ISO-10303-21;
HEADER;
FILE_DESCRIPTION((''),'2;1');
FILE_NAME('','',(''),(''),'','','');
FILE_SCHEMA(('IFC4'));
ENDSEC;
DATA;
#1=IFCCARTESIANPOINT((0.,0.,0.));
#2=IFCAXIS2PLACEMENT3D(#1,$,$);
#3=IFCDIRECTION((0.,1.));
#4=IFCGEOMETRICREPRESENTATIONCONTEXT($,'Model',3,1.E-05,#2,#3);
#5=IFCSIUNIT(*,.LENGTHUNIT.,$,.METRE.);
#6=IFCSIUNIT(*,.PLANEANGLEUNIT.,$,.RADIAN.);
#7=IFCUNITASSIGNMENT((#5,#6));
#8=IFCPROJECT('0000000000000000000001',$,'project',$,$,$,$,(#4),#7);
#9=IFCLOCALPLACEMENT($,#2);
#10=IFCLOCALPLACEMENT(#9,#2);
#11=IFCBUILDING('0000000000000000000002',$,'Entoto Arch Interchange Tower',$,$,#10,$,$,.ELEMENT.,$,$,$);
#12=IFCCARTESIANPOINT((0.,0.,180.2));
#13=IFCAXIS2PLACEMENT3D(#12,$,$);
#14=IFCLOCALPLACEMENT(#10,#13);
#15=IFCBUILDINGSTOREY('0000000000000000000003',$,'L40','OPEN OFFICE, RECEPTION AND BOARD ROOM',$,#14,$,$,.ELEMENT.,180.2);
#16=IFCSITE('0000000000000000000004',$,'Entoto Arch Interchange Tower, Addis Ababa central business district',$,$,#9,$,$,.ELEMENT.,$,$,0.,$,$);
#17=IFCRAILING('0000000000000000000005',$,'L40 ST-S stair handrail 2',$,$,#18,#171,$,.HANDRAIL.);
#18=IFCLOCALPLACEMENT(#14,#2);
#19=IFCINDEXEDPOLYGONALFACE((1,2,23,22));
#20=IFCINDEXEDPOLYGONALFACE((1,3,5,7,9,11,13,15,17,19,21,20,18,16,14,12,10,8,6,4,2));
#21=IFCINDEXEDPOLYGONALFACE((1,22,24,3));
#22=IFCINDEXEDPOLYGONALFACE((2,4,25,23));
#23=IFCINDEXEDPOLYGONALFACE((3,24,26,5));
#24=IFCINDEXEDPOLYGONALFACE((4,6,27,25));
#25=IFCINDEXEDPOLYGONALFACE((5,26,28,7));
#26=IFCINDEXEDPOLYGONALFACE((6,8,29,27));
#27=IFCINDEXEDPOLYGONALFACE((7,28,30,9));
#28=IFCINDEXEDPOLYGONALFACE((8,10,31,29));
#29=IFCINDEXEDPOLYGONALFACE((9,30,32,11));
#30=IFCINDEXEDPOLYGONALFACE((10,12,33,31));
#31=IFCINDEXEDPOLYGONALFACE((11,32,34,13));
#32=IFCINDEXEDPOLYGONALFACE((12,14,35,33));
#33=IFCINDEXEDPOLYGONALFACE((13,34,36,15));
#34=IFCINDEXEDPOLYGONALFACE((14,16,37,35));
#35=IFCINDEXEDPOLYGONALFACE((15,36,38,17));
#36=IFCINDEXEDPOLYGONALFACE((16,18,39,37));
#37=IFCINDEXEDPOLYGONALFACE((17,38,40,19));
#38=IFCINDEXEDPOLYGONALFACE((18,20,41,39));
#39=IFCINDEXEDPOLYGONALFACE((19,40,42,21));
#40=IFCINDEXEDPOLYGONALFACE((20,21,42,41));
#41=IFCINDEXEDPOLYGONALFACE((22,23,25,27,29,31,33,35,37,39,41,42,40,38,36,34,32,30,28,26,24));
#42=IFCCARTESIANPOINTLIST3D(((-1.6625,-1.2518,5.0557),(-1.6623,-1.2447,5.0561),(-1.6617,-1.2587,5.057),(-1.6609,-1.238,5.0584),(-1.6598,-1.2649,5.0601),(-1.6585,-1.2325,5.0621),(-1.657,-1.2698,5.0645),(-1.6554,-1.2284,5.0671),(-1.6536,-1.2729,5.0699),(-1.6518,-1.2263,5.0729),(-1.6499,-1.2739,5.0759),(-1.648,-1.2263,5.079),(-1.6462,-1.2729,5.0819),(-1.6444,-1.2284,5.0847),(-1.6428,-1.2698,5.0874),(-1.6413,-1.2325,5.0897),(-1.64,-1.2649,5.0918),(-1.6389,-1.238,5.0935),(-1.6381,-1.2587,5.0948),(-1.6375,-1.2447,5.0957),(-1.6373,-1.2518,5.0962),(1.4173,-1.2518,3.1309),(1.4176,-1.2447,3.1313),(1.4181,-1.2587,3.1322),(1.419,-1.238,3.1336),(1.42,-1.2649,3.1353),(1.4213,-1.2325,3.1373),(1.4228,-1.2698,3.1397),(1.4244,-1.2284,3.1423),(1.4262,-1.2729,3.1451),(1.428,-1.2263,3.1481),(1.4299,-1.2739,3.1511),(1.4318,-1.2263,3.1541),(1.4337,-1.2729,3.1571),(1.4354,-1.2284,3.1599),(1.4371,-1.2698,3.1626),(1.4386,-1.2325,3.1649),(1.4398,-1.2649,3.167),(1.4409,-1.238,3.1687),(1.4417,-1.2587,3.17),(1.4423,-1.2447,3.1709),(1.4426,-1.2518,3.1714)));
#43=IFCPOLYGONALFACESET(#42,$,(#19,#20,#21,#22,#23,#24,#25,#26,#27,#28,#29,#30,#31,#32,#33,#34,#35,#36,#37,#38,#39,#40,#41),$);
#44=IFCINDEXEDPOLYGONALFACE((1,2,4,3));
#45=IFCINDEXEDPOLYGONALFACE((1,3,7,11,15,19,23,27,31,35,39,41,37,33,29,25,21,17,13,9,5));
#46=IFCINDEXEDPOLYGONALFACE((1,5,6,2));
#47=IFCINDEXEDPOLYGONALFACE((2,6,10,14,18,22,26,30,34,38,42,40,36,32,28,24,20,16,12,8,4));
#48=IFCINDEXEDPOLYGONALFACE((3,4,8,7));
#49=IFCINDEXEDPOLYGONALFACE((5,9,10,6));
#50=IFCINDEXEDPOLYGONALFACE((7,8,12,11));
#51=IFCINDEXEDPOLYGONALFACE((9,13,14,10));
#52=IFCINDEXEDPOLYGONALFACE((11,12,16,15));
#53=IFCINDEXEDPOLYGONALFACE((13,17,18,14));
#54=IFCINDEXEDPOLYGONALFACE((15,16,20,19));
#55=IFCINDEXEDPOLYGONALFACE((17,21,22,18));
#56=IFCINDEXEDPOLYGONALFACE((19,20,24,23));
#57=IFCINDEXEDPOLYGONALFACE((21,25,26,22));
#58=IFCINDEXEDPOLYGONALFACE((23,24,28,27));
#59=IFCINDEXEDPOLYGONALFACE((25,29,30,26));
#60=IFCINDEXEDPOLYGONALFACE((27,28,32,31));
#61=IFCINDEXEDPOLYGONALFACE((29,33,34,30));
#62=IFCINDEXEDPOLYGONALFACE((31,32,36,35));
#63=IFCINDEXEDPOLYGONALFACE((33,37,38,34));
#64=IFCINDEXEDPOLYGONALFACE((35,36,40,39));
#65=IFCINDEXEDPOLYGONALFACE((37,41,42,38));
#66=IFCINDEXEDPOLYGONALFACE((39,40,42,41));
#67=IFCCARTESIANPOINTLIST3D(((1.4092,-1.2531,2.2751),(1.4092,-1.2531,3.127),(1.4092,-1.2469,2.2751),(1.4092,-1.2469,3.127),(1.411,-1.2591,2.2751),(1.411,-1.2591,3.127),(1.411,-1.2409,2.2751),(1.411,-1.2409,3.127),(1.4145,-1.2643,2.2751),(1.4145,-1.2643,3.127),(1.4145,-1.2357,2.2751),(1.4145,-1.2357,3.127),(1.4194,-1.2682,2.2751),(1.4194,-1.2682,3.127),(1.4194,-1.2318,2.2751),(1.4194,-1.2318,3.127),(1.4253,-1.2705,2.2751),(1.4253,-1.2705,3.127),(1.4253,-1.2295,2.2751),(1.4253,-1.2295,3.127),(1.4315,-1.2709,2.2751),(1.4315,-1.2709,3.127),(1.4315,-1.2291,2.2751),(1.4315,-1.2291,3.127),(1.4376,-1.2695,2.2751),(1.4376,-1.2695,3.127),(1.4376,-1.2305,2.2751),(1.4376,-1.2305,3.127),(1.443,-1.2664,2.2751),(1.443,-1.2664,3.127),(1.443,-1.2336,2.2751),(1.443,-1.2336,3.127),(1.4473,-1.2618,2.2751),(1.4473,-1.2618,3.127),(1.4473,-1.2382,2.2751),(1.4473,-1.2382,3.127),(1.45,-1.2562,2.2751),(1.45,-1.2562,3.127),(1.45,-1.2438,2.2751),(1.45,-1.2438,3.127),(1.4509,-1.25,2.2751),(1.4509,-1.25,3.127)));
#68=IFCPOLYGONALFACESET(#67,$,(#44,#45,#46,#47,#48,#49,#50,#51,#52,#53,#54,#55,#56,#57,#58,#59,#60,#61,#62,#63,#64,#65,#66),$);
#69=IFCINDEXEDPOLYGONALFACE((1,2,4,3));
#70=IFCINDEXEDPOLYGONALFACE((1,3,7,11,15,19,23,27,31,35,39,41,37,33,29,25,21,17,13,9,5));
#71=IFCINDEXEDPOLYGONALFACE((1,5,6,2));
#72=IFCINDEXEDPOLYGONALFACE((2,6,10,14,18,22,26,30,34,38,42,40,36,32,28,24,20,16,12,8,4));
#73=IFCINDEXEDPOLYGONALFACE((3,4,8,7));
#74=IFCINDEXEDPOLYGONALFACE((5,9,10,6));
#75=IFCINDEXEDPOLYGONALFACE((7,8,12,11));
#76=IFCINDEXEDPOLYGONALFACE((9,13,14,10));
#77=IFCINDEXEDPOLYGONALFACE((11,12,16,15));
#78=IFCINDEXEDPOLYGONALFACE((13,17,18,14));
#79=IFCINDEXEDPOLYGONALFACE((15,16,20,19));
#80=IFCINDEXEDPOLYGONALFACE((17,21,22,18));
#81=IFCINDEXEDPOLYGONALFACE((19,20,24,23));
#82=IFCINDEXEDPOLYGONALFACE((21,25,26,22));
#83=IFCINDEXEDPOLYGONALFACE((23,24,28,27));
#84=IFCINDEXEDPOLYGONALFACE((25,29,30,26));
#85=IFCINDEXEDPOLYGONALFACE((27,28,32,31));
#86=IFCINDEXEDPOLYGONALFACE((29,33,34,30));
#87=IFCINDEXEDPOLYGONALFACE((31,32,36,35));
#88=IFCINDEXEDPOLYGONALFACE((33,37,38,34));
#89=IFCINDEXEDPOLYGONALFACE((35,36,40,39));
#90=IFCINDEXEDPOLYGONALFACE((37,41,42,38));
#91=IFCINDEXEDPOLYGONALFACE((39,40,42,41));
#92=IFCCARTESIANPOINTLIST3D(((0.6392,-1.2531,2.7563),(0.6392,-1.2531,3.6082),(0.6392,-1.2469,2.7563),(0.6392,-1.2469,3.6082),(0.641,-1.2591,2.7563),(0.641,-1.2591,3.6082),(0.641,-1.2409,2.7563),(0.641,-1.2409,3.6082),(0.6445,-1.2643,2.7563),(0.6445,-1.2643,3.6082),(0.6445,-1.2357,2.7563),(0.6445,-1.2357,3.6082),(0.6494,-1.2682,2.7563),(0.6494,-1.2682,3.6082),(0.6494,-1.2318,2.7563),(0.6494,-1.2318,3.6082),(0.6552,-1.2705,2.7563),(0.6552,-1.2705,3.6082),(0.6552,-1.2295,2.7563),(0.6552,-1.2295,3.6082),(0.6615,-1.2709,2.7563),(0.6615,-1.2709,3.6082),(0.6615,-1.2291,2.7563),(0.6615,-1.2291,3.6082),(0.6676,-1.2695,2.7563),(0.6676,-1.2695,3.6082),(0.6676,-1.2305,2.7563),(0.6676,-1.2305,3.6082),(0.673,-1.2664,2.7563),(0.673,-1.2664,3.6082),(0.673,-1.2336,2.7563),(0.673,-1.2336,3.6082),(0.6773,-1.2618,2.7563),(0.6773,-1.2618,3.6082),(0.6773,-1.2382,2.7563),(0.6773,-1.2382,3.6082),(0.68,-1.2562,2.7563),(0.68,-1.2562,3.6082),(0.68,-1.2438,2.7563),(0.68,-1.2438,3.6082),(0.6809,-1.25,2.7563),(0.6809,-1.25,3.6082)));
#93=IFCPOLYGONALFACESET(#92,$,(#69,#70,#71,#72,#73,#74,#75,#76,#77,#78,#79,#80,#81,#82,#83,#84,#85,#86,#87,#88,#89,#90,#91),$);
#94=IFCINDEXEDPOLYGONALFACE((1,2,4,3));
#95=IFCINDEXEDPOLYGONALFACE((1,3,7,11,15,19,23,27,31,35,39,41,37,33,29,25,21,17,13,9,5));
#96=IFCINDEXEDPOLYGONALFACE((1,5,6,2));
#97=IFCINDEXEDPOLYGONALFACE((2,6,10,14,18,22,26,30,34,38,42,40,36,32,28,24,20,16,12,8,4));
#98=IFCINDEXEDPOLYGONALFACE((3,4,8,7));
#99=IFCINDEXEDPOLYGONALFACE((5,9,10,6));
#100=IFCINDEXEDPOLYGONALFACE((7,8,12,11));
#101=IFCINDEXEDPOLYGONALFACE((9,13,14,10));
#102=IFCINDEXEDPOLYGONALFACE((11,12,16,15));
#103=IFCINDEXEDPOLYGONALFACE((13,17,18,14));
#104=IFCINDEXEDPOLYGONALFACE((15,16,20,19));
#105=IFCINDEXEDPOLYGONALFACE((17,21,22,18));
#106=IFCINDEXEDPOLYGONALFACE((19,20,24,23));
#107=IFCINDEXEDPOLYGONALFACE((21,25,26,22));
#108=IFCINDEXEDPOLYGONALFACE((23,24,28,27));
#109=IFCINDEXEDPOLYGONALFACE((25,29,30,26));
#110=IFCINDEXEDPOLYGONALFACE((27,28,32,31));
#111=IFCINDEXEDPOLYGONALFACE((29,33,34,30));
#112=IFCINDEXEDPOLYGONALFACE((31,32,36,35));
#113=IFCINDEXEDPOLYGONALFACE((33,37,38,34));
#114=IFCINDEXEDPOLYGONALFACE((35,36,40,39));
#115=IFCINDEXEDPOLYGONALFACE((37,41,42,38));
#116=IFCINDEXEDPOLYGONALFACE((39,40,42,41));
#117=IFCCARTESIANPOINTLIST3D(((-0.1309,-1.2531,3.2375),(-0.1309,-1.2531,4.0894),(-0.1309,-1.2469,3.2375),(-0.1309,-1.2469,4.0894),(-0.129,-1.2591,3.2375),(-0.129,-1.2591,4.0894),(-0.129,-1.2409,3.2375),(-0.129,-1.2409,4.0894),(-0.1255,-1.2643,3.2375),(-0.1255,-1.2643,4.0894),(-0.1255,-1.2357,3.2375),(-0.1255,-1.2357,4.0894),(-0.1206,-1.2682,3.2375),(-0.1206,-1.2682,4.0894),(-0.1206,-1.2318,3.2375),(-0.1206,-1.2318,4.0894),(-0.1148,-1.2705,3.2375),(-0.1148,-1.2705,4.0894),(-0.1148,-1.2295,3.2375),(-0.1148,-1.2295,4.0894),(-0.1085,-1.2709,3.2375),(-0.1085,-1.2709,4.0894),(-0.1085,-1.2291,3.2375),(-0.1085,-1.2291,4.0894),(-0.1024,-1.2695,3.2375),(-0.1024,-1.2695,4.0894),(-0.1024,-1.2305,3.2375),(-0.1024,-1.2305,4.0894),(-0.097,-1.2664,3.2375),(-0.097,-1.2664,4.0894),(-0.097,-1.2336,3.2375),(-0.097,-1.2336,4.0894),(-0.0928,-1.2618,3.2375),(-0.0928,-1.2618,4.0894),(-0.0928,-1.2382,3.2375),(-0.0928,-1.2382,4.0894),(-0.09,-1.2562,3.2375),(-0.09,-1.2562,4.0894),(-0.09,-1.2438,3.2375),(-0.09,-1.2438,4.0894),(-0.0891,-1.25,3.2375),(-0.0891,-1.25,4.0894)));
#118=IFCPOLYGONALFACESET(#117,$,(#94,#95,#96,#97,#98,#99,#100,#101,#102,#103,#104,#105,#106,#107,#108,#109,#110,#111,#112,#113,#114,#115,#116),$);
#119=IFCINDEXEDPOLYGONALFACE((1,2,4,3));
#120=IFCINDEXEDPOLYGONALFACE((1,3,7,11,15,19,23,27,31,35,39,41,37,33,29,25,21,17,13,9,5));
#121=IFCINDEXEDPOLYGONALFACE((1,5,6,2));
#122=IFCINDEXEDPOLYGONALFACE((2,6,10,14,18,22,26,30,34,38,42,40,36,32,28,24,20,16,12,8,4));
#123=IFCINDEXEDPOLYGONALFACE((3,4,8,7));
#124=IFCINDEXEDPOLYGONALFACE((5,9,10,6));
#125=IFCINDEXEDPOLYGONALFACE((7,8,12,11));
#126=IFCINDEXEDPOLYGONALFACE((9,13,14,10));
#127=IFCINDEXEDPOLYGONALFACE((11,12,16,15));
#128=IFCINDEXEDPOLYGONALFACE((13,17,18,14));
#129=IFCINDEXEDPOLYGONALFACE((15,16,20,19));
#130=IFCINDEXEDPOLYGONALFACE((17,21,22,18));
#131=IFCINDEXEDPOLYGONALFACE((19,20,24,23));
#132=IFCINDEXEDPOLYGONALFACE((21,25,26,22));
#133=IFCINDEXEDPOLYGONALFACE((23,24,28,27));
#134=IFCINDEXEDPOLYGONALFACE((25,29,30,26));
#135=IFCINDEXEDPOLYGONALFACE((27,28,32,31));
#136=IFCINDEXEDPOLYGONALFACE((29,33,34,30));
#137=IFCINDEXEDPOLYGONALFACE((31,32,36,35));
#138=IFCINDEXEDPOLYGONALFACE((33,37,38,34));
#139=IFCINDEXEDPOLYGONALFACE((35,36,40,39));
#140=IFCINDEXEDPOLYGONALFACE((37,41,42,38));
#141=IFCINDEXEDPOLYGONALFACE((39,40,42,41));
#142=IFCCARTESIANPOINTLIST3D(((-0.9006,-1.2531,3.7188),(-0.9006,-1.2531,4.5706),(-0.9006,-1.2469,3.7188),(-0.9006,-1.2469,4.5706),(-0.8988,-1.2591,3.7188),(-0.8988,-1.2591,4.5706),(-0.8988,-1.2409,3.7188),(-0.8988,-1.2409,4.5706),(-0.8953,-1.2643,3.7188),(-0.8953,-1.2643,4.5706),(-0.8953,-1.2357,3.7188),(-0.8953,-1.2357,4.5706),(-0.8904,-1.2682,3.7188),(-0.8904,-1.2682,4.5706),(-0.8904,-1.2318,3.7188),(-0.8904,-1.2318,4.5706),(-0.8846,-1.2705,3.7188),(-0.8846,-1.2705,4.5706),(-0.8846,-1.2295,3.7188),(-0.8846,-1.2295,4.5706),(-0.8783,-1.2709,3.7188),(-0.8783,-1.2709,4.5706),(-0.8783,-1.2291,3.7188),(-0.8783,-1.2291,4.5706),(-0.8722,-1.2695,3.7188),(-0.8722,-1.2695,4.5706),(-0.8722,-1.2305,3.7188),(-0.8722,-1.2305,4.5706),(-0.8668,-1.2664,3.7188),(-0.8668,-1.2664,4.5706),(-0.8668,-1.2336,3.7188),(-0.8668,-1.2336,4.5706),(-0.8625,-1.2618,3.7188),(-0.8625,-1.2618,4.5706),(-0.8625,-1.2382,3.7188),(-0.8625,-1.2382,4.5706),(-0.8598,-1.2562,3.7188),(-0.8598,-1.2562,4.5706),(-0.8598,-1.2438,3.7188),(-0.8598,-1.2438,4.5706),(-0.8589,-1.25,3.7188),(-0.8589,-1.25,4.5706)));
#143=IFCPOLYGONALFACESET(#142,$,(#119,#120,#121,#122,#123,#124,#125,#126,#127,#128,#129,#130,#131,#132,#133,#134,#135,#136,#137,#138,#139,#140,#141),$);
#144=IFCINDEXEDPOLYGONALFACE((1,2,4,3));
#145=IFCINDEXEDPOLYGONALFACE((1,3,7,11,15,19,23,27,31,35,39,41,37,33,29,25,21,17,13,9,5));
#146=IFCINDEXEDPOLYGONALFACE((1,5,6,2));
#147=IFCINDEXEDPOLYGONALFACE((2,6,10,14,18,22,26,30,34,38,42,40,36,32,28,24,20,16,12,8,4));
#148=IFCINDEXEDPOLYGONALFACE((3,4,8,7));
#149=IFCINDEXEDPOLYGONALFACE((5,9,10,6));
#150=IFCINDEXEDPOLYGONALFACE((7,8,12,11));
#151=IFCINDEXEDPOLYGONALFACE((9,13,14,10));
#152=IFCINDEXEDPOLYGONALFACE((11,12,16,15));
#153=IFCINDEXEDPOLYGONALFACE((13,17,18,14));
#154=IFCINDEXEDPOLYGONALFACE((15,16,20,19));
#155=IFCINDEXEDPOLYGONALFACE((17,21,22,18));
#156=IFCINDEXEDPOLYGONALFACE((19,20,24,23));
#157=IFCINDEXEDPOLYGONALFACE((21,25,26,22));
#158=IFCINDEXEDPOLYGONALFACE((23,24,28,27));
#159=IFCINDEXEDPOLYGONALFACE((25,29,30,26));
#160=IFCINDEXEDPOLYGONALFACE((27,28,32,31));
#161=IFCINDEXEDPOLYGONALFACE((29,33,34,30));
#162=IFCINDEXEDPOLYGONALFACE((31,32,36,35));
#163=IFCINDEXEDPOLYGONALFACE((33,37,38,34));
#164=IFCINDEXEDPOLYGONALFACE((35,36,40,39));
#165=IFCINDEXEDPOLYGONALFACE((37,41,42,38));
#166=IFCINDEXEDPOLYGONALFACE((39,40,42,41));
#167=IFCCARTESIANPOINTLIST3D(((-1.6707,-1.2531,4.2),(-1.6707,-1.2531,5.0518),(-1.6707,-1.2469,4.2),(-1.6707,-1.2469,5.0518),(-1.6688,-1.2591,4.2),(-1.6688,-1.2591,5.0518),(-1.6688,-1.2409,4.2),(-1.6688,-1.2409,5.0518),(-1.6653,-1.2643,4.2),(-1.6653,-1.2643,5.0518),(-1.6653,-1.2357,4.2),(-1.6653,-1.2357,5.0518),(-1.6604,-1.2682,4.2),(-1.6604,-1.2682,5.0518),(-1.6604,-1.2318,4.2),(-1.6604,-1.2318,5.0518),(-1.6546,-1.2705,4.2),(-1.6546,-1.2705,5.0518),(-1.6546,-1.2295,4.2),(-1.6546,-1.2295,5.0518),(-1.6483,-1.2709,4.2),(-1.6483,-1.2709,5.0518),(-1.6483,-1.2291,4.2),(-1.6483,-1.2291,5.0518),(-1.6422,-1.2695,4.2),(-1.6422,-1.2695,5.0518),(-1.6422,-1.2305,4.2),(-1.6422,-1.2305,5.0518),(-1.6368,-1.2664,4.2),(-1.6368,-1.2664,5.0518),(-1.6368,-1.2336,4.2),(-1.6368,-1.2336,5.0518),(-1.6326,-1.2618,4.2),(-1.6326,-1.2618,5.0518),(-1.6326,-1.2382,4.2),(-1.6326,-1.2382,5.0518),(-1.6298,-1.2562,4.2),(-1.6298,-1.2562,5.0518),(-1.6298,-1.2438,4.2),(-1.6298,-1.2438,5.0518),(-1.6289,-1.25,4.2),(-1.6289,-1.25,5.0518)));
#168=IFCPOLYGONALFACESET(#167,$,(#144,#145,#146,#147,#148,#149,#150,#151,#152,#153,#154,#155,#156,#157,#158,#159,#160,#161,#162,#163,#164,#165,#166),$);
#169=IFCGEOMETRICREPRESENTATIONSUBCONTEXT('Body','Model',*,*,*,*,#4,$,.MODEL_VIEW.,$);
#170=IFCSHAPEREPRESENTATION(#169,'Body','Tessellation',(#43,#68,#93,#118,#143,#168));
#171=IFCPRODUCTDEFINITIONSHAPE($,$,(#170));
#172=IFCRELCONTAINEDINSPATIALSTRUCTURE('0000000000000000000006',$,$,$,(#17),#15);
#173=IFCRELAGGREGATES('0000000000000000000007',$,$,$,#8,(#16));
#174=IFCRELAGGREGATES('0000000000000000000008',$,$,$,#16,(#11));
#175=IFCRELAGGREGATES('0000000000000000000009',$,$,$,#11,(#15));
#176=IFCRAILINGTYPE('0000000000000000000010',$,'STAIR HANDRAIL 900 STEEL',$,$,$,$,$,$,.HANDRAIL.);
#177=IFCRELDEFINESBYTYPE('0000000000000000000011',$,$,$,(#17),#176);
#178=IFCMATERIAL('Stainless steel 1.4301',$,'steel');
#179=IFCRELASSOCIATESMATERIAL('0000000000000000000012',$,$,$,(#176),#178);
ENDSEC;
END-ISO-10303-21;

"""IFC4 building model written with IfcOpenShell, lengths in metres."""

from ifc_helpers import new_model, si_unit, direction, frame, origin, origin_2d, place, context, subcontext, project, spatial, circle, extrude, material, type_object, element, save


model = new_model("IFC4")

# Units and contexts
model_context = context("Model", 3, precision=1e-05, world=origin(), true_north=direction((0.0, 1.0)))
body_context = subcontext(model_context, "Body", "Model", "MODEL_VIEW")
ifc_project = project(units=[si_unit("LENGTHUNIT", "METRE"), si_unit("PLANEANGLEUNIT", "RADIAN")], contexts=[model_context])

# Site, building, storey
site_placement = place(None, origin())
site = spatial("IfcSite", under=ifc_project, at=site_placement, Name="Entoto Arch Interchange Tower, Addis Ababa central business district", CompositionType="ELEMENT", RefElevation=0.0)
building_placement = place(site_placement, origin())
building = spatial("IfcBuilding", under=site, at=building_placement, Name="Entoto Arch Interchange Tower", CompositionType="ELEMENT")
storey_placement = place(building_placement, frame((0.0, 0.0, 180.2)))
storey = spatial("IfcBuildingStorey", under=building, at=storey_placement, Name="L40", Description="OPEN OFFICE, RECEPTION AND BOARD ROOM", CompositionType="ELEMENT", Elevation=180.2)

# Railing
ifc_material_1 = material(Name="Stainless steel 1.4301", Category="steel")
railing_type_1 = type_object("IfcRailingType", Name="STAIR HANDRAIL 900 STEEL", PredefinedType="HANDRAIL", material=ifc_material_1)
railing_1_placement = place(storey_placement, frame((1.4299, -1.25, 2.2751)))
element("IfcRailing", 1, at=railing_1_placement, inside=storey, type_object=railing_type_1, Name="L40 ST-S stair handrail 2", PredefinedType="HANDRAIL", context=body_context, shape_type="SweptSolid", body=[
    extrude(circle(Radius=0.0239, at=origin_2d()), frame((0.0, 0.0, 0.876), z_axis=(-0.84801, 0.0, 0.529981), x_axis=(0.0, -1.0, 0.0)), (0.0, 0.0, 1.0), 3.6318),
    extrude(circle(Radius=0.021, at=origin_2d()), origin(), (0.0, 0.0, 1.0), 0.8518),
    extrude(circle(Radius=0.021, at=origin_2d()), frame((-0.77, 0.0, 0.4812)), (0.0, 0.0, 1.0), 0.8518),
    extrude(circle(Radius=0.021, at=origin_2d()), frame((-1.54, 0.0, 0.9624)), (0.0, 0.0, 1.0), 0.8518),
    extrude(circle(Radius=0.021, at=origin_2d()), frame((-2.3098, 0.0, 1.4436)), (0.0, 0.0, 1.0), 0.8518),
    extrude(circle(Radius=0.021, at=origin_2d()), frame((-3.0798, 0.0, 1.9248)), (0.0, 0.0, 1.0), 0.8518),
])

save(model, "model.ifc")
